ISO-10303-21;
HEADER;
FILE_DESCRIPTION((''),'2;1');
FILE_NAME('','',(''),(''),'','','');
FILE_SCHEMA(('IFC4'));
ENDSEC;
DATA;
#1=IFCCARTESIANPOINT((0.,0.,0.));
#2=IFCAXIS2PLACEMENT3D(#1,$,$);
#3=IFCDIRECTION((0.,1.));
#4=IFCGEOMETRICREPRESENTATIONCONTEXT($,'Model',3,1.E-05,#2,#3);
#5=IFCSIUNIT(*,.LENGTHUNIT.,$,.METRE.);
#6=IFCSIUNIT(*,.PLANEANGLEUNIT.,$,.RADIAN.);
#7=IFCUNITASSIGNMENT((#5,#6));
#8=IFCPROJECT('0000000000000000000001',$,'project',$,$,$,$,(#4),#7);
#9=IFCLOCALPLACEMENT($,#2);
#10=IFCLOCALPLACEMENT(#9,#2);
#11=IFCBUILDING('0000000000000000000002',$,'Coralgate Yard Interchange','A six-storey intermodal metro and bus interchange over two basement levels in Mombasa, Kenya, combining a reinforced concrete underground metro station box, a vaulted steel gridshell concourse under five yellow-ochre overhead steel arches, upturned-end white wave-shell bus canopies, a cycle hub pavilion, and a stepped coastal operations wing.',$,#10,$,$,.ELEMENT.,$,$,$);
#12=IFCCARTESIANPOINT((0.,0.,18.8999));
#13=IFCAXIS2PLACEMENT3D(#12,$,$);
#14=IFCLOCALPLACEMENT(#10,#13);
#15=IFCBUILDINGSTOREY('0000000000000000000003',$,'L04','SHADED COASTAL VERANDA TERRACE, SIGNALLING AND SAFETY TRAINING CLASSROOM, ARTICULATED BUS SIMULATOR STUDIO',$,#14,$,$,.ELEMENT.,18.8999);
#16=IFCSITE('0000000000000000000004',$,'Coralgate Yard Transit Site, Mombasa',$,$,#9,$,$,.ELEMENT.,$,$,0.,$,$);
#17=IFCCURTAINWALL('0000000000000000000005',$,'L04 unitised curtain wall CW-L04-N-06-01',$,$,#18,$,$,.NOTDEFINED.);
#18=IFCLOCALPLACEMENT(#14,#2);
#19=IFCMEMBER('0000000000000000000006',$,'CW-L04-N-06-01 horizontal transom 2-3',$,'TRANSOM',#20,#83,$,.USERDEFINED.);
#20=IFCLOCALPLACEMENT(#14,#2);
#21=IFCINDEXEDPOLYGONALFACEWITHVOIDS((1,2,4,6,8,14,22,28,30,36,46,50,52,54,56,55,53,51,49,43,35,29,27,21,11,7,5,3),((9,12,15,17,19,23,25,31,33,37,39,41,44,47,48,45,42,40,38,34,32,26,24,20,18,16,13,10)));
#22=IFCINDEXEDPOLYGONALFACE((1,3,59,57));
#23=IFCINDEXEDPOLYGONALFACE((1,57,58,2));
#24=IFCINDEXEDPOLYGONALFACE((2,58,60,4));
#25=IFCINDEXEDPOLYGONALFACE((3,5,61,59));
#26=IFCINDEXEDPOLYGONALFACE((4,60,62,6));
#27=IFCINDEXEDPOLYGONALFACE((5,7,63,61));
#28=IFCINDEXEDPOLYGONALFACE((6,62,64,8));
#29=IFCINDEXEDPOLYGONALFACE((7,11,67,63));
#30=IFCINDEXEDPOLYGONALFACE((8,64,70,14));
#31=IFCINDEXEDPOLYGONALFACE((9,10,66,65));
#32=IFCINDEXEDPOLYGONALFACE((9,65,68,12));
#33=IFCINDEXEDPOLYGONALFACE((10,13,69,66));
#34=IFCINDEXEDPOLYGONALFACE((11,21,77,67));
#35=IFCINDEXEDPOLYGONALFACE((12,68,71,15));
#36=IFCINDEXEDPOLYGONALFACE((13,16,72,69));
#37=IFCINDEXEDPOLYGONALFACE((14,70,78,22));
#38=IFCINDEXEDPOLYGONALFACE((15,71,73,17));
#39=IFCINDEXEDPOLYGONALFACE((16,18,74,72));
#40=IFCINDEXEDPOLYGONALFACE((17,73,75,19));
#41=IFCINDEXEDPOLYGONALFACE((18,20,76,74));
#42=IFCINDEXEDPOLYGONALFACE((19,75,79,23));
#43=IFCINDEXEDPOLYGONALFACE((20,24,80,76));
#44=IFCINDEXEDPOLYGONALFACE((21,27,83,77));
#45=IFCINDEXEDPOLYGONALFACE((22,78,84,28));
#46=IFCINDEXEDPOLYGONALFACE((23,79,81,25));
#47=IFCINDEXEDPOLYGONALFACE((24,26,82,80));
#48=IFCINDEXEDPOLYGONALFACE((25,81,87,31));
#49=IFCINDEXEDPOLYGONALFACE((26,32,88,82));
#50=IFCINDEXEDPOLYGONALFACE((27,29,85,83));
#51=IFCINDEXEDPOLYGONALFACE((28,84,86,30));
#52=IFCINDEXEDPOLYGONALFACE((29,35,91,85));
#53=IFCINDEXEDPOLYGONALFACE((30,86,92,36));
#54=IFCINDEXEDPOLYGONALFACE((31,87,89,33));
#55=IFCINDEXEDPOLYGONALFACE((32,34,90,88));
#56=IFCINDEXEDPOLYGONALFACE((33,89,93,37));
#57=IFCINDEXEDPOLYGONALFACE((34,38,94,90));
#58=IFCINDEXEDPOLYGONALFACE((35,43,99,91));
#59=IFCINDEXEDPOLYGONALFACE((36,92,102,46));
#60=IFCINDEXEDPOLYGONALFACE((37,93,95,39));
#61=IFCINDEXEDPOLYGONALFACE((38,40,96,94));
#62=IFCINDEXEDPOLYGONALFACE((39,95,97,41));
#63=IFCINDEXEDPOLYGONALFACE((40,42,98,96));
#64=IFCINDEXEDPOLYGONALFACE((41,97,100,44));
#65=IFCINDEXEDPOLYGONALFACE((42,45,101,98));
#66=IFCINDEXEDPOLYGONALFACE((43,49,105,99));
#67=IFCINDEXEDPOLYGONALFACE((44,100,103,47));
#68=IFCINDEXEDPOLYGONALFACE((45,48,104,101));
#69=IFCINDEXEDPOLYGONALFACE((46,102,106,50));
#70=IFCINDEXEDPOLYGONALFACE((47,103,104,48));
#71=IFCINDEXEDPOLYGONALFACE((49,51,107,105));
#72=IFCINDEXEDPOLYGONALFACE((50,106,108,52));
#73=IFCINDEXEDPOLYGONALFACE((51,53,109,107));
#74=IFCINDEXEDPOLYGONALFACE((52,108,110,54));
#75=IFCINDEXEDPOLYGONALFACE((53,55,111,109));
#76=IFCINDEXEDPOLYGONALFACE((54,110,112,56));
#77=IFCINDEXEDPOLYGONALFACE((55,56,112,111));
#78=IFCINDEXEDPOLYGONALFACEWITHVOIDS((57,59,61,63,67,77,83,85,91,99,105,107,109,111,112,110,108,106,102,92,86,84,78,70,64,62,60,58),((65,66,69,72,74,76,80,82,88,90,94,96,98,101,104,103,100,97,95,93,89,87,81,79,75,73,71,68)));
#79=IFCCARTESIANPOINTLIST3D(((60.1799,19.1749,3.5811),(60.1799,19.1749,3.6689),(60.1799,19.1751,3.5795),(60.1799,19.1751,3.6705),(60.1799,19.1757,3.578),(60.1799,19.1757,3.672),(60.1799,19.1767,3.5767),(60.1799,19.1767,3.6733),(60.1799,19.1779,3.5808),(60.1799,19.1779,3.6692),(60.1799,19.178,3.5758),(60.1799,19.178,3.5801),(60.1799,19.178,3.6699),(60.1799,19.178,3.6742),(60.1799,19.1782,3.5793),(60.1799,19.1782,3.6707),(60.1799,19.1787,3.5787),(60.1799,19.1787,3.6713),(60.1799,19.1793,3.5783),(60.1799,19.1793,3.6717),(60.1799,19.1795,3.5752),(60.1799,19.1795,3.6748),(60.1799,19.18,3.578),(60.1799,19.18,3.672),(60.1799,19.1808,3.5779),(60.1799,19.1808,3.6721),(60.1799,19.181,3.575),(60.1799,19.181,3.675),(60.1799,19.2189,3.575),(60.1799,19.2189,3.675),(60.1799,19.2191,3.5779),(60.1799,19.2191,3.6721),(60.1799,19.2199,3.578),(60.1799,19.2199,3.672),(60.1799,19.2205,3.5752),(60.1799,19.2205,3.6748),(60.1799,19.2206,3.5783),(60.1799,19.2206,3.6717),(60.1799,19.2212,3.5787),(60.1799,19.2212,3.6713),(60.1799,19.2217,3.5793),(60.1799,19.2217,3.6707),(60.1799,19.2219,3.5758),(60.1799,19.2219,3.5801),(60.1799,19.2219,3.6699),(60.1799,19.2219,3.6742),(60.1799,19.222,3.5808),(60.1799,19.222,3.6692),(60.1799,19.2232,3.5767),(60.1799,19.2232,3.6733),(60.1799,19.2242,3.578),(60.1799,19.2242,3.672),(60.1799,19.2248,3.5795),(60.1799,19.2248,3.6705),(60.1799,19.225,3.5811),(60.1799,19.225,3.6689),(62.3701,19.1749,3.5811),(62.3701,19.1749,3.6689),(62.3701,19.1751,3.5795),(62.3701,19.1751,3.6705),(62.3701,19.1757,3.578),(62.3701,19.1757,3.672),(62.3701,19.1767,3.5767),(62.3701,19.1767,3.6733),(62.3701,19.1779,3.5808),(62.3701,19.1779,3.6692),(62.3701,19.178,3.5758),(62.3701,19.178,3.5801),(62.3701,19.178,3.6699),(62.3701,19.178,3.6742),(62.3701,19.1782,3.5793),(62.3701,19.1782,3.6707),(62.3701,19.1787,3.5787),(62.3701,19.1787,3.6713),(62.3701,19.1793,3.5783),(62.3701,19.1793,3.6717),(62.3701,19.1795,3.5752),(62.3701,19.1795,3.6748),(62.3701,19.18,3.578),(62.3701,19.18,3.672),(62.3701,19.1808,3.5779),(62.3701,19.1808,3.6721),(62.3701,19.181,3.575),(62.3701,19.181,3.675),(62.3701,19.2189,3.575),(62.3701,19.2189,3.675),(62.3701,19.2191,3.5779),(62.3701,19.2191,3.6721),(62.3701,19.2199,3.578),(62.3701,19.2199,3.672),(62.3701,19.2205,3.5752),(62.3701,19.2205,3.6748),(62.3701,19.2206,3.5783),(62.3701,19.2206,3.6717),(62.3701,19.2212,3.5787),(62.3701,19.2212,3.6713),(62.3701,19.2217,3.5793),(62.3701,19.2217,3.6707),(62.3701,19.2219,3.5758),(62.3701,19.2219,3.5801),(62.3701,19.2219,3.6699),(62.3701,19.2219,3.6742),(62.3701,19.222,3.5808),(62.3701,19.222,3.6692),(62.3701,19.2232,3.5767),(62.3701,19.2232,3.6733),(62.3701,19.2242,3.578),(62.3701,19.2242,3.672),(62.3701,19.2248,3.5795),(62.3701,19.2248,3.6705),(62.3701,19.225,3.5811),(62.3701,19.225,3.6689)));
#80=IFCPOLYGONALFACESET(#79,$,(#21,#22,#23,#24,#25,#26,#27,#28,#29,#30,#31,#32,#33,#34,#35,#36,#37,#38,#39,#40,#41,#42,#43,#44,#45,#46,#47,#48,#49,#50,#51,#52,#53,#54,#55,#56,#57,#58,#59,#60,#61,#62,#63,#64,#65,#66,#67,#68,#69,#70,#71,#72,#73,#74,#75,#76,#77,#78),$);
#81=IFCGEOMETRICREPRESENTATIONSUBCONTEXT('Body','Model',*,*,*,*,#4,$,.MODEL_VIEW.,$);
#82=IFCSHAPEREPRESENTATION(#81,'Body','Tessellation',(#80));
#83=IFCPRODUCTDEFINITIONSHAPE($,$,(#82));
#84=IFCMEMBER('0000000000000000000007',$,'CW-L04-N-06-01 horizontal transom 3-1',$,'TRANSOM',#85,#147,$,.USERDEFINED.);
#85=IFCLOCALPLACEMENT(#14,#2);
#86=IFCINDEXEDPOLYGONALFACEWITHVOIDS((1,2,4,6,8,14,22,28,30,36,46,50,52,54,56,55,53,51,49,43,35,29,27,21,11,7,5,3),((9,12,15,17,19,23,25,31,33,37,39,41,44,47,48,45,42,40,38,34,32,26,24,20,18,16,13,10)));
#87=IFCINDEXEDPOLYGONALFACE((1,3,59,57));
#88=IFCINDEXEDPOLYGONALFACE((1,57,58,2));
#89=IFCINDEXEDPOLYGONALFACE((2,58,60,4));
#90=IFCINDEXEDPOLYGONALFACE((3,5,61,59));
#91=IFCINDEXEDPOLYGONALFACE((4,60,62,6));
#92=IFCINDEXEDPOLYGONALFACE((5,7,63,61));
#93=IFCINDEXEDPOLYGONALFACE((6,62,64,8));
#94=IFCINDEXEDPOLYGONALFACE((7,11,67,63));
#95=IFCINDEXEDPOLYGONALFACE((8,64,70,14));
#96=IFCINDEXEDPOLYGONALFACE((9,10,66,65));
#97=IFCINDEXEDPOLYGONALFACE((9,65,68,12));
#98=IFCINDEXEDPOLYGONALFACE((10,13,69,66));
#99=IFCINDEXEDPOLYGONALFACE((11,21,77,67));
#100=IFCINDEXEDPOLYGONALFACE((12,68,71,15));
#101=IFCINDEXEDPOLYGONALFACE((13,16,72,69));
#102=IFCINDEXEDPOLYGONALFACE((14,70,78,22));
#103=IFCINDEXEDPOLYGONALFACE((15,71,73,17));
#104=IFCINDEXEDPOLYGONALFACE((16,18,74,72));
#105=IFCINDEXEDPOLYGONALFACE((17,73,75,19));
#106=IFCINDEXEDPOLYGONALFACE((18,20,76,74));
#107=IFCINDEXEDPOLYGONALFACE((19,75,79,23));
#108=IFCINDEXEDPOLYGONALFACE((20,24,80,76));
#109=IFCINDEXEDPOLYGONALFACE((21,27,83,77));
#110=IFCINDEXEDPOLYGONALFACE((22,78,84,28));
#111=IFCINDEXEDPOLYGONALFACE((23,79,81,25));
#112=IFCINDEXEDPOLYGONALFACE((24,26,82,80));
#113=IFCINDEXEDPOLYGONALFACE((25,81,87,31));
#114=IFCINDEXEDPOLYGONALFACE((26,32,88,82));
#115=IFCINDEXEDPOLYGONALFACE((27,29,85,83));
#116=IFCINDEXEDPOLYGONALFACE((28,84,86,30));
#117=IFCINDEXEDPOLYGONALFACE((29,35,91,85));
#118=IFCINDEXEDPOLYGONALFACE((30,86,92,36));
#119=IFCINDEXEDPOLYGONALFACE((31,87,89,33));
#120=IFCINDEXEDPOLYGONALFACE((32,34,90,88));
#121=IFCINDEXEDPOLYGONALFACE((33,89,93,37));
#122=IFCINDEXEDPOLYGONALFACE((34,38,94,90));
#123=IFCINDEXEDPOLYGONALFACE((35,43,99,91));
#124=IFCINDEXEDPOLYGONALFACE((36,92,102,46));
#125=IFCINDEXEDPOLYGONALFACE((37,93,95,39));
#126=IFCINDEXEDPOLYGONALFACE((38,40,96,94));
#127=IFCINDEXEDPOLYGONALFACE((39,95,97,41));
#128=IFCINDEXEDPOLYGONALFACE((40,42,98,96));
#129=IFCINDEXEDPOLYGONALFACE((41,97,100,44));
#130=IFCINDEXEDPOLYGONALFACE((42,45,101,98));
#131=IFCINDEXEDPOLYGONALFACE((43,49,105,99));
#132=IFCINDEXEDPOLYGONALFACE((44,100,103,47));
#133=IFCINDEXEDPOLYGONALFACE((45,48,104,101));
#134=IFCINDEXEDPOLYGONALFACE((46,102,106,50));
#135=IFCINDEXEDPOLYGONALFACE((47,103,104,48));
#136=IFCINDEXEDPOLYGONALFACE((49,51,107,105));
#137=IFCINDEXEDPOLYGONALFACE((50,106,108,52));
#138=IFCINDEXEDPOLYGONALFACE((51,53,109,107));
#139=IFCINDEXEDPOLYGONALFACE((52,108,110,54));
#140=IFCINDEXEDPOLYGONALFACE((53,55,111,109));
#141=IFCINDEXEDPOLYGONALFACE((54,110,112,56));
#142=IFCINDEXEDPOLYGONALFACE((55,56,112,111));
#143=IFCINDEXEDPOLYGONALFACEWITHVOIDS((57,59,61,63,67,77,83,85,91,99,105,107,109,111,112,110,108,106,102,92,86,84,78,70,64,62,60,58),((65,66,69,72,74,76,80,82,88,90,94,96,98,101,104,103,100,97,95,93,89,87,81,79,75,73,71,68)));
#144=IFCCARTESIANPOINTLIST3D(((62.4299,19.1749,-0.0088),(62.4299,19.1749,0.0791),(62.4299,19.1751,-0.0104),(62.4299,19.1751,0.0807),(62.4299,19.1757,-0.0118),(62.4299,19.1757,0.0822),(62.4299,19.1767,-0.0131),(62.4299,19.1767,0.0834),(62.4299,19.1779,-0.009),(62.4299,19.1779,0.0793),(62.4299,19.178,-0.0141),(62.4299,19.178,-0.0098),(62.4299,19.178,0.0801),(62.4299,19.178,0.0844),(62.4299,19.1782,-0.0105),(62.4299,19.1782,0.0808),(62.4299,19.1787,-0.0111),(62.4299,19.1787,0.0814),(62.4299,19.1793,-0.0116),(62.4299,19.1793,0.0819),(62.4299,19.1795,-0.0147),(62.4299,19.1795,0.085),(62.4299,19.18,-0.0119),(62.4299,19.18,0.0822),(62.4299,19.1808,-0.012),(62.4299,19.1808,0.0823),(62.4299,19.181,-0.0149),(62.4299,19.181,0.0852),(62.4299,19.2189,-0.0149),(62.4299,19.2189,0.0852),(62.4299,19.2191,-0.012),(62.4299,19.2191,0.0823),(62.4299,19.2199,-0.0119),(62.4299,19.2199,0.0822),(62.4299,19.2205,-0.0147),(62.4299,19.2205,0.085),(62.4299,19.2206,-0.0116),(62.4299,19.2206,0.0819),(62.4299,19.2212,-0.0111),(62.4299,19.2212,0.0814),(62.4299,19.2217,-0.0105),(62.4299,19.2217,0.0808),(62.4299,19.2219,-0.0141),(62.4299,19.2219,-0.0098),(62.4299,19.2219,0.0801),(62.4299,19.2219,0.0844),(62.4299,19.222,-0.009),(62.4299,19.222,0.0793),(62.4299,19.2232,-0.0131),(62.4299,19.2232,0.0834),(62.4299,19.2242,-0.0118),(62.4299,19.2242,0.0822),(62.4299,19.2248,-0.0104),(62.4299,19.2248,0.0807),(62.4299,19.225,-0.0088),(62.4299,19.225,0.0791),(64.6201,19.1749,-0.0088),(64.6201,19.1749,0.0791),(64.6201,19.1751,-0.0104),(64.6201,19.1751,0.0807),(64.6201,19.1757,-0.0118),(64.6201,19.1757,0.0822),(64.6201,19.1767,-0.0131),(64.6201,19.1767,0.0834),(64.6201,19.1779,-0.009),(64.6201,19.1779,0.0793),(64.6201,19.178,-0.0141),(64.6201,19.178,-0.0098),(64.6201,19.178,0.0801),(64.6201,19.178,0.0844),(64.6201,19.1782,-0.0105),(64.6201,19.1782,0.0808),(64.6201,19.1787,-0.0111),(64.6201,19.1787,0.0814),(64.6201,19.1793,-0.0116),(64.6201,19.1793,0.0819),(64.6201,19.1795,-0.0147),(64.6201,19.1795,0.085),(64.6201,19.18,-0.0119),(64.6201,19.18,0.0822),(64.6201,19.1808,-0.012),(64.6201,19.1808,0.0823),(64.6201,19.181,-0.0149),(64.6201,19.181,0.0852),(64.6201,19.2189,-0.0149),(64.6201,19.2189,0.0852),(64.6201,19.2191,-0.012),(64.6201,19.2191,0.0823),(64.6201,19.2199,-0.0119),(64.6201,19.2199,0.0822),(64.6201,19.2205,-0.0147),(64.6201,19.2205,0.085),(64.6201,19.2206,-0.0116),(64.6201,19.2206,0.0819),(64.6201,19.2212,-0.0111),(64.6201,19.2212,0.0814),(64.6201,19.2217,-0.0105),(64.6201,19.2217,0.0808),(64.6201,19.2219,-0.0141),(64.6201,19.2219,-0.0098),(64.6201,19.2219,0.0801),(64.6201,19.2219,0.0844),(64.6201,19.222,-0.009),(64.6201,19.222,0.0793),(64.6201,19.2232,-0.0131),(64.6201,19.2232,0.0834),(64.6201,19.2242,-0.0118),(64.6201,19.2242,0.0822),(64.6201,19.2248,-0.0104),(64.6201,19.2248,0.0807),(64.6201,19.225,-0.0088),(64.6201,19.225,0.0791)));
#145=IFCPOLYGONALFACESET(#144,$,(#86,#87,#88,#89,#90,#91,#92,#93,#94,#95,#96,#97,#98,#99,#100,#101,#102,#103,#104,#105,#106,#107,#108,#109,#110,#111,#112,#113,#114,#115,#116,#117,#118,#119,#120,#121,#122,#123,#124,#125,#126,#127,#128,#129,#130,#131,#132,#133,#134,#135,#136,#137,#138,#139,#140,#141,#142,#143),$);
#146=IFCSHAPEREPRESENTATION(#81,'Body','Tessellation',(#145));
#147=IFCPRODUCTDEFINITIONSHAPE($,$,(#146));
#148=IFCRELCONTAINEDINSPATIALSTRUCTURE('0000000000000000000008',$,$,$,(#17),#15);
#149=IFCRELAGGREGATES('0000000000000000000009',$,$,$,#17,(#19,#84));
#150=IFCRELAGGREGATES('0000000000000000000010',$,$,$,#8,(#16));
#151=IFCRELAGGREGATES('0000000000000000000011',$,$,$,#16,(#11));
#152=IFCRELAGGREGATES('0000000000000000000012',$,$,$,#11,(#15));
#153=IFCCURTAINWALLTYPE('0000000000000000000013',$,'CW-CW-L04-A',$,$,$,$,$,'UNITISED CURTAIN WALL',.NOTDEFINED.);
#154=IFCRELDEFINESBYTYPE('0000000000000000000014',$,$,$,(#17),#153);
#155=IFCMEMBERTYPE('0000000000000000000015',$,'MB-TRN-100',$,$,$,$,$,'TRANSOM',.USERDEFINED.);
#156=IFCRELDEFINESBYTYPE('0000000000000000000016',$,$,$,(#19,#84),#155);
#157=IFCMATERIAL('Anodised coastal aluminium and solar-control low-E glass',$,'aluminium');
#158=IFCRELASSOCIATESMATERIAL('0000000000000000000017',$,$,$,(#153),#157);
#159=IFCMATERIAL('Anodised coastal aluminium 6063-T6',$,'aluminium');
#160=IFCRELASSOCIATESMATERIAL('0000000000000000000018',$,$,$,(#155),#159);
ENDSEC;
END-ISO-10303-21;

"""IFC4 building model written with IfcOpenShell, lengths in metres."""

from ifc_helpers import new_model, si_unit, direction, frame, origin, origin_2d, place, context, subcontext, project, spatial, hollow_rectangle, extrude, material, material_profile, profile_set, type_object, element, aggregate, save


model = new_model("IFC4")

# Units and contexts
model_context = context("Model", 3, precision=1e-05, world=origin(), true_north=direction((0.0, 1.0)))
body_context = subcontext(model_context, "Body", "Model", "MODEL_VIEW")
ifc_project = project(units=[si_unit("LENGTHUNIT", "METRE"), si_unit("PLANEANGLEUNIT", "RADIAN")], contexts=[model_context])

# Site, building, storey
site_placement = place(None, origin())
site = spatial("IfcSite", under=ifc_project, at=site_placement, Name="Coralgate Yard Transit Site, Mombasa", CompositionType="ELEMENT", RefElevation=0.0)
building_placement = place(site_placement, origin())
building = spatial("IfcBuilding", under=site, at=building_placement, Name="Coralgate Yard Interchange", Description="A six-storey intermodal metro and bus interchange over two basement levels in Mombasa, Kenya, combining a reinforced concrete underground metro station box, a vaulted steel gridshell concourse under five yellow-ochre overhead steel arches, upturned-end white wave-shell bus canopies, a cycle hub pavilion, and a stepped coastal operations wing.", CompositionType="ELEMENT")
storey_placement = place(building_placement, frame((0.0, 0.0, 18.8999)))
storey = spatial("IfcBuildingStorey", under=building, at=storey_placement, Name="L04", Description="SHADED COASTAL VERANDA TERRACE, SIGNALLING AND SAFETY TRAINING CLASSROOM, ARTICULATED BUS SIMULATOR STUDIO", CompositionType="ELEMENT", Elevation=18.8999)

# Curtain wall
ifc_material_1 = material(Name="Anodised coastal aluminium and solar-control low-E glass", Category="aluminium")
curtain_wall_type = type_object("IfcCurtainWallType", Name="CW-CW-L04-A", ElementType="UNITISED CURTAIN WALL", PredefinedType="NOTDEFINED", material=ifc_material_1)
ifc_material_2 = material(Name="Anodised coastal aluminium 6063-T6", Category="aluminium")
curtain_wall_1_placement = place(storey_placement, origin())
curtain_wall_1 = element("IfcCurtainWall", 1, at=curtain_wall_1_placement, inside=storey, type_object=curtain_wall_type, Name="L04 unitised curtain wall CW-L04-N-06-01", PredefinedType="NOTDEFINED")

# Members
ifc_material_profile_1 = material_profile(ifc_material_2, hollow_rectangle(XDim=0.05, YDim=0.1001, WallThickness=0.0029, InnerFilletRadius=0.0029, OuterFilletRadius=0.0061, at=origin_2d()), Name="ALU 50x100x3")
ifc_profile_set_1 = profile_set([ifc_material_profile_1], Name="Anodised coastal aluminium 6063-T6")
member_type_1 = type_object("IfcMemberType", Name="MB-TRN-100", ElementType="TRANSOM", PredefinedType="USERDEFINED", material=ifc_profile_set_1)
member_1_placement = place(storey_placement, frame((60.1799, 19.2, 3.625), z_axis=(1.0, 0.0, 0.0), x_axis=(0.0, 1.0, 0.0)))
member_1 = element("IfcMember", 2, at=member_1_placement, type_object=member_type_1, Name="CW-L04-N-06-01 horizontal transom 2-3", ObjectType="TRANSOM", PredefinedType="USERDEFINED", context=body_context, shape_type="SweptSolid", body=[
    extrude(hollow_rectangle(XDim=0.05, YDim=0.1001, WallThickness=0.0029, InnerFilletRadius=0.0029, OuterFilletRadius=0.0061, at=origin_2d()), origin(), (0.0, 0.0, 1.0), 2.1902),
])
member_2_placement = place(storey_placement, frame((62.4299, 19.2, 0.0352), z_axis=(1.0, 0.0, 0.0), x_axis=(0.0, 1.0, 0.0)))
member_2 = element("IfcMember", 3, at=member_2_placement, type_object=member_type_1, Name="CW-L04-N-06-01 horizontal transom 3-1", ObjectType="TRANSOM", PredefinedType="USERDEFINED", context=body_context, shape_type="SweptSolid", body=[
    extrude(hollow_rectangle(XDim=0.05, YDim=0.1001, WallThickness=0.0029, InnerFilletRadius=0.0029, OuterFilletRadius=0.0061, at=origin_2d()), origin(), (0.0, 0.0, 1.0), 2.1902),
])

aggregate(curtain_wall_1, [member_1, member_2])

save(model, "model.ifc")
